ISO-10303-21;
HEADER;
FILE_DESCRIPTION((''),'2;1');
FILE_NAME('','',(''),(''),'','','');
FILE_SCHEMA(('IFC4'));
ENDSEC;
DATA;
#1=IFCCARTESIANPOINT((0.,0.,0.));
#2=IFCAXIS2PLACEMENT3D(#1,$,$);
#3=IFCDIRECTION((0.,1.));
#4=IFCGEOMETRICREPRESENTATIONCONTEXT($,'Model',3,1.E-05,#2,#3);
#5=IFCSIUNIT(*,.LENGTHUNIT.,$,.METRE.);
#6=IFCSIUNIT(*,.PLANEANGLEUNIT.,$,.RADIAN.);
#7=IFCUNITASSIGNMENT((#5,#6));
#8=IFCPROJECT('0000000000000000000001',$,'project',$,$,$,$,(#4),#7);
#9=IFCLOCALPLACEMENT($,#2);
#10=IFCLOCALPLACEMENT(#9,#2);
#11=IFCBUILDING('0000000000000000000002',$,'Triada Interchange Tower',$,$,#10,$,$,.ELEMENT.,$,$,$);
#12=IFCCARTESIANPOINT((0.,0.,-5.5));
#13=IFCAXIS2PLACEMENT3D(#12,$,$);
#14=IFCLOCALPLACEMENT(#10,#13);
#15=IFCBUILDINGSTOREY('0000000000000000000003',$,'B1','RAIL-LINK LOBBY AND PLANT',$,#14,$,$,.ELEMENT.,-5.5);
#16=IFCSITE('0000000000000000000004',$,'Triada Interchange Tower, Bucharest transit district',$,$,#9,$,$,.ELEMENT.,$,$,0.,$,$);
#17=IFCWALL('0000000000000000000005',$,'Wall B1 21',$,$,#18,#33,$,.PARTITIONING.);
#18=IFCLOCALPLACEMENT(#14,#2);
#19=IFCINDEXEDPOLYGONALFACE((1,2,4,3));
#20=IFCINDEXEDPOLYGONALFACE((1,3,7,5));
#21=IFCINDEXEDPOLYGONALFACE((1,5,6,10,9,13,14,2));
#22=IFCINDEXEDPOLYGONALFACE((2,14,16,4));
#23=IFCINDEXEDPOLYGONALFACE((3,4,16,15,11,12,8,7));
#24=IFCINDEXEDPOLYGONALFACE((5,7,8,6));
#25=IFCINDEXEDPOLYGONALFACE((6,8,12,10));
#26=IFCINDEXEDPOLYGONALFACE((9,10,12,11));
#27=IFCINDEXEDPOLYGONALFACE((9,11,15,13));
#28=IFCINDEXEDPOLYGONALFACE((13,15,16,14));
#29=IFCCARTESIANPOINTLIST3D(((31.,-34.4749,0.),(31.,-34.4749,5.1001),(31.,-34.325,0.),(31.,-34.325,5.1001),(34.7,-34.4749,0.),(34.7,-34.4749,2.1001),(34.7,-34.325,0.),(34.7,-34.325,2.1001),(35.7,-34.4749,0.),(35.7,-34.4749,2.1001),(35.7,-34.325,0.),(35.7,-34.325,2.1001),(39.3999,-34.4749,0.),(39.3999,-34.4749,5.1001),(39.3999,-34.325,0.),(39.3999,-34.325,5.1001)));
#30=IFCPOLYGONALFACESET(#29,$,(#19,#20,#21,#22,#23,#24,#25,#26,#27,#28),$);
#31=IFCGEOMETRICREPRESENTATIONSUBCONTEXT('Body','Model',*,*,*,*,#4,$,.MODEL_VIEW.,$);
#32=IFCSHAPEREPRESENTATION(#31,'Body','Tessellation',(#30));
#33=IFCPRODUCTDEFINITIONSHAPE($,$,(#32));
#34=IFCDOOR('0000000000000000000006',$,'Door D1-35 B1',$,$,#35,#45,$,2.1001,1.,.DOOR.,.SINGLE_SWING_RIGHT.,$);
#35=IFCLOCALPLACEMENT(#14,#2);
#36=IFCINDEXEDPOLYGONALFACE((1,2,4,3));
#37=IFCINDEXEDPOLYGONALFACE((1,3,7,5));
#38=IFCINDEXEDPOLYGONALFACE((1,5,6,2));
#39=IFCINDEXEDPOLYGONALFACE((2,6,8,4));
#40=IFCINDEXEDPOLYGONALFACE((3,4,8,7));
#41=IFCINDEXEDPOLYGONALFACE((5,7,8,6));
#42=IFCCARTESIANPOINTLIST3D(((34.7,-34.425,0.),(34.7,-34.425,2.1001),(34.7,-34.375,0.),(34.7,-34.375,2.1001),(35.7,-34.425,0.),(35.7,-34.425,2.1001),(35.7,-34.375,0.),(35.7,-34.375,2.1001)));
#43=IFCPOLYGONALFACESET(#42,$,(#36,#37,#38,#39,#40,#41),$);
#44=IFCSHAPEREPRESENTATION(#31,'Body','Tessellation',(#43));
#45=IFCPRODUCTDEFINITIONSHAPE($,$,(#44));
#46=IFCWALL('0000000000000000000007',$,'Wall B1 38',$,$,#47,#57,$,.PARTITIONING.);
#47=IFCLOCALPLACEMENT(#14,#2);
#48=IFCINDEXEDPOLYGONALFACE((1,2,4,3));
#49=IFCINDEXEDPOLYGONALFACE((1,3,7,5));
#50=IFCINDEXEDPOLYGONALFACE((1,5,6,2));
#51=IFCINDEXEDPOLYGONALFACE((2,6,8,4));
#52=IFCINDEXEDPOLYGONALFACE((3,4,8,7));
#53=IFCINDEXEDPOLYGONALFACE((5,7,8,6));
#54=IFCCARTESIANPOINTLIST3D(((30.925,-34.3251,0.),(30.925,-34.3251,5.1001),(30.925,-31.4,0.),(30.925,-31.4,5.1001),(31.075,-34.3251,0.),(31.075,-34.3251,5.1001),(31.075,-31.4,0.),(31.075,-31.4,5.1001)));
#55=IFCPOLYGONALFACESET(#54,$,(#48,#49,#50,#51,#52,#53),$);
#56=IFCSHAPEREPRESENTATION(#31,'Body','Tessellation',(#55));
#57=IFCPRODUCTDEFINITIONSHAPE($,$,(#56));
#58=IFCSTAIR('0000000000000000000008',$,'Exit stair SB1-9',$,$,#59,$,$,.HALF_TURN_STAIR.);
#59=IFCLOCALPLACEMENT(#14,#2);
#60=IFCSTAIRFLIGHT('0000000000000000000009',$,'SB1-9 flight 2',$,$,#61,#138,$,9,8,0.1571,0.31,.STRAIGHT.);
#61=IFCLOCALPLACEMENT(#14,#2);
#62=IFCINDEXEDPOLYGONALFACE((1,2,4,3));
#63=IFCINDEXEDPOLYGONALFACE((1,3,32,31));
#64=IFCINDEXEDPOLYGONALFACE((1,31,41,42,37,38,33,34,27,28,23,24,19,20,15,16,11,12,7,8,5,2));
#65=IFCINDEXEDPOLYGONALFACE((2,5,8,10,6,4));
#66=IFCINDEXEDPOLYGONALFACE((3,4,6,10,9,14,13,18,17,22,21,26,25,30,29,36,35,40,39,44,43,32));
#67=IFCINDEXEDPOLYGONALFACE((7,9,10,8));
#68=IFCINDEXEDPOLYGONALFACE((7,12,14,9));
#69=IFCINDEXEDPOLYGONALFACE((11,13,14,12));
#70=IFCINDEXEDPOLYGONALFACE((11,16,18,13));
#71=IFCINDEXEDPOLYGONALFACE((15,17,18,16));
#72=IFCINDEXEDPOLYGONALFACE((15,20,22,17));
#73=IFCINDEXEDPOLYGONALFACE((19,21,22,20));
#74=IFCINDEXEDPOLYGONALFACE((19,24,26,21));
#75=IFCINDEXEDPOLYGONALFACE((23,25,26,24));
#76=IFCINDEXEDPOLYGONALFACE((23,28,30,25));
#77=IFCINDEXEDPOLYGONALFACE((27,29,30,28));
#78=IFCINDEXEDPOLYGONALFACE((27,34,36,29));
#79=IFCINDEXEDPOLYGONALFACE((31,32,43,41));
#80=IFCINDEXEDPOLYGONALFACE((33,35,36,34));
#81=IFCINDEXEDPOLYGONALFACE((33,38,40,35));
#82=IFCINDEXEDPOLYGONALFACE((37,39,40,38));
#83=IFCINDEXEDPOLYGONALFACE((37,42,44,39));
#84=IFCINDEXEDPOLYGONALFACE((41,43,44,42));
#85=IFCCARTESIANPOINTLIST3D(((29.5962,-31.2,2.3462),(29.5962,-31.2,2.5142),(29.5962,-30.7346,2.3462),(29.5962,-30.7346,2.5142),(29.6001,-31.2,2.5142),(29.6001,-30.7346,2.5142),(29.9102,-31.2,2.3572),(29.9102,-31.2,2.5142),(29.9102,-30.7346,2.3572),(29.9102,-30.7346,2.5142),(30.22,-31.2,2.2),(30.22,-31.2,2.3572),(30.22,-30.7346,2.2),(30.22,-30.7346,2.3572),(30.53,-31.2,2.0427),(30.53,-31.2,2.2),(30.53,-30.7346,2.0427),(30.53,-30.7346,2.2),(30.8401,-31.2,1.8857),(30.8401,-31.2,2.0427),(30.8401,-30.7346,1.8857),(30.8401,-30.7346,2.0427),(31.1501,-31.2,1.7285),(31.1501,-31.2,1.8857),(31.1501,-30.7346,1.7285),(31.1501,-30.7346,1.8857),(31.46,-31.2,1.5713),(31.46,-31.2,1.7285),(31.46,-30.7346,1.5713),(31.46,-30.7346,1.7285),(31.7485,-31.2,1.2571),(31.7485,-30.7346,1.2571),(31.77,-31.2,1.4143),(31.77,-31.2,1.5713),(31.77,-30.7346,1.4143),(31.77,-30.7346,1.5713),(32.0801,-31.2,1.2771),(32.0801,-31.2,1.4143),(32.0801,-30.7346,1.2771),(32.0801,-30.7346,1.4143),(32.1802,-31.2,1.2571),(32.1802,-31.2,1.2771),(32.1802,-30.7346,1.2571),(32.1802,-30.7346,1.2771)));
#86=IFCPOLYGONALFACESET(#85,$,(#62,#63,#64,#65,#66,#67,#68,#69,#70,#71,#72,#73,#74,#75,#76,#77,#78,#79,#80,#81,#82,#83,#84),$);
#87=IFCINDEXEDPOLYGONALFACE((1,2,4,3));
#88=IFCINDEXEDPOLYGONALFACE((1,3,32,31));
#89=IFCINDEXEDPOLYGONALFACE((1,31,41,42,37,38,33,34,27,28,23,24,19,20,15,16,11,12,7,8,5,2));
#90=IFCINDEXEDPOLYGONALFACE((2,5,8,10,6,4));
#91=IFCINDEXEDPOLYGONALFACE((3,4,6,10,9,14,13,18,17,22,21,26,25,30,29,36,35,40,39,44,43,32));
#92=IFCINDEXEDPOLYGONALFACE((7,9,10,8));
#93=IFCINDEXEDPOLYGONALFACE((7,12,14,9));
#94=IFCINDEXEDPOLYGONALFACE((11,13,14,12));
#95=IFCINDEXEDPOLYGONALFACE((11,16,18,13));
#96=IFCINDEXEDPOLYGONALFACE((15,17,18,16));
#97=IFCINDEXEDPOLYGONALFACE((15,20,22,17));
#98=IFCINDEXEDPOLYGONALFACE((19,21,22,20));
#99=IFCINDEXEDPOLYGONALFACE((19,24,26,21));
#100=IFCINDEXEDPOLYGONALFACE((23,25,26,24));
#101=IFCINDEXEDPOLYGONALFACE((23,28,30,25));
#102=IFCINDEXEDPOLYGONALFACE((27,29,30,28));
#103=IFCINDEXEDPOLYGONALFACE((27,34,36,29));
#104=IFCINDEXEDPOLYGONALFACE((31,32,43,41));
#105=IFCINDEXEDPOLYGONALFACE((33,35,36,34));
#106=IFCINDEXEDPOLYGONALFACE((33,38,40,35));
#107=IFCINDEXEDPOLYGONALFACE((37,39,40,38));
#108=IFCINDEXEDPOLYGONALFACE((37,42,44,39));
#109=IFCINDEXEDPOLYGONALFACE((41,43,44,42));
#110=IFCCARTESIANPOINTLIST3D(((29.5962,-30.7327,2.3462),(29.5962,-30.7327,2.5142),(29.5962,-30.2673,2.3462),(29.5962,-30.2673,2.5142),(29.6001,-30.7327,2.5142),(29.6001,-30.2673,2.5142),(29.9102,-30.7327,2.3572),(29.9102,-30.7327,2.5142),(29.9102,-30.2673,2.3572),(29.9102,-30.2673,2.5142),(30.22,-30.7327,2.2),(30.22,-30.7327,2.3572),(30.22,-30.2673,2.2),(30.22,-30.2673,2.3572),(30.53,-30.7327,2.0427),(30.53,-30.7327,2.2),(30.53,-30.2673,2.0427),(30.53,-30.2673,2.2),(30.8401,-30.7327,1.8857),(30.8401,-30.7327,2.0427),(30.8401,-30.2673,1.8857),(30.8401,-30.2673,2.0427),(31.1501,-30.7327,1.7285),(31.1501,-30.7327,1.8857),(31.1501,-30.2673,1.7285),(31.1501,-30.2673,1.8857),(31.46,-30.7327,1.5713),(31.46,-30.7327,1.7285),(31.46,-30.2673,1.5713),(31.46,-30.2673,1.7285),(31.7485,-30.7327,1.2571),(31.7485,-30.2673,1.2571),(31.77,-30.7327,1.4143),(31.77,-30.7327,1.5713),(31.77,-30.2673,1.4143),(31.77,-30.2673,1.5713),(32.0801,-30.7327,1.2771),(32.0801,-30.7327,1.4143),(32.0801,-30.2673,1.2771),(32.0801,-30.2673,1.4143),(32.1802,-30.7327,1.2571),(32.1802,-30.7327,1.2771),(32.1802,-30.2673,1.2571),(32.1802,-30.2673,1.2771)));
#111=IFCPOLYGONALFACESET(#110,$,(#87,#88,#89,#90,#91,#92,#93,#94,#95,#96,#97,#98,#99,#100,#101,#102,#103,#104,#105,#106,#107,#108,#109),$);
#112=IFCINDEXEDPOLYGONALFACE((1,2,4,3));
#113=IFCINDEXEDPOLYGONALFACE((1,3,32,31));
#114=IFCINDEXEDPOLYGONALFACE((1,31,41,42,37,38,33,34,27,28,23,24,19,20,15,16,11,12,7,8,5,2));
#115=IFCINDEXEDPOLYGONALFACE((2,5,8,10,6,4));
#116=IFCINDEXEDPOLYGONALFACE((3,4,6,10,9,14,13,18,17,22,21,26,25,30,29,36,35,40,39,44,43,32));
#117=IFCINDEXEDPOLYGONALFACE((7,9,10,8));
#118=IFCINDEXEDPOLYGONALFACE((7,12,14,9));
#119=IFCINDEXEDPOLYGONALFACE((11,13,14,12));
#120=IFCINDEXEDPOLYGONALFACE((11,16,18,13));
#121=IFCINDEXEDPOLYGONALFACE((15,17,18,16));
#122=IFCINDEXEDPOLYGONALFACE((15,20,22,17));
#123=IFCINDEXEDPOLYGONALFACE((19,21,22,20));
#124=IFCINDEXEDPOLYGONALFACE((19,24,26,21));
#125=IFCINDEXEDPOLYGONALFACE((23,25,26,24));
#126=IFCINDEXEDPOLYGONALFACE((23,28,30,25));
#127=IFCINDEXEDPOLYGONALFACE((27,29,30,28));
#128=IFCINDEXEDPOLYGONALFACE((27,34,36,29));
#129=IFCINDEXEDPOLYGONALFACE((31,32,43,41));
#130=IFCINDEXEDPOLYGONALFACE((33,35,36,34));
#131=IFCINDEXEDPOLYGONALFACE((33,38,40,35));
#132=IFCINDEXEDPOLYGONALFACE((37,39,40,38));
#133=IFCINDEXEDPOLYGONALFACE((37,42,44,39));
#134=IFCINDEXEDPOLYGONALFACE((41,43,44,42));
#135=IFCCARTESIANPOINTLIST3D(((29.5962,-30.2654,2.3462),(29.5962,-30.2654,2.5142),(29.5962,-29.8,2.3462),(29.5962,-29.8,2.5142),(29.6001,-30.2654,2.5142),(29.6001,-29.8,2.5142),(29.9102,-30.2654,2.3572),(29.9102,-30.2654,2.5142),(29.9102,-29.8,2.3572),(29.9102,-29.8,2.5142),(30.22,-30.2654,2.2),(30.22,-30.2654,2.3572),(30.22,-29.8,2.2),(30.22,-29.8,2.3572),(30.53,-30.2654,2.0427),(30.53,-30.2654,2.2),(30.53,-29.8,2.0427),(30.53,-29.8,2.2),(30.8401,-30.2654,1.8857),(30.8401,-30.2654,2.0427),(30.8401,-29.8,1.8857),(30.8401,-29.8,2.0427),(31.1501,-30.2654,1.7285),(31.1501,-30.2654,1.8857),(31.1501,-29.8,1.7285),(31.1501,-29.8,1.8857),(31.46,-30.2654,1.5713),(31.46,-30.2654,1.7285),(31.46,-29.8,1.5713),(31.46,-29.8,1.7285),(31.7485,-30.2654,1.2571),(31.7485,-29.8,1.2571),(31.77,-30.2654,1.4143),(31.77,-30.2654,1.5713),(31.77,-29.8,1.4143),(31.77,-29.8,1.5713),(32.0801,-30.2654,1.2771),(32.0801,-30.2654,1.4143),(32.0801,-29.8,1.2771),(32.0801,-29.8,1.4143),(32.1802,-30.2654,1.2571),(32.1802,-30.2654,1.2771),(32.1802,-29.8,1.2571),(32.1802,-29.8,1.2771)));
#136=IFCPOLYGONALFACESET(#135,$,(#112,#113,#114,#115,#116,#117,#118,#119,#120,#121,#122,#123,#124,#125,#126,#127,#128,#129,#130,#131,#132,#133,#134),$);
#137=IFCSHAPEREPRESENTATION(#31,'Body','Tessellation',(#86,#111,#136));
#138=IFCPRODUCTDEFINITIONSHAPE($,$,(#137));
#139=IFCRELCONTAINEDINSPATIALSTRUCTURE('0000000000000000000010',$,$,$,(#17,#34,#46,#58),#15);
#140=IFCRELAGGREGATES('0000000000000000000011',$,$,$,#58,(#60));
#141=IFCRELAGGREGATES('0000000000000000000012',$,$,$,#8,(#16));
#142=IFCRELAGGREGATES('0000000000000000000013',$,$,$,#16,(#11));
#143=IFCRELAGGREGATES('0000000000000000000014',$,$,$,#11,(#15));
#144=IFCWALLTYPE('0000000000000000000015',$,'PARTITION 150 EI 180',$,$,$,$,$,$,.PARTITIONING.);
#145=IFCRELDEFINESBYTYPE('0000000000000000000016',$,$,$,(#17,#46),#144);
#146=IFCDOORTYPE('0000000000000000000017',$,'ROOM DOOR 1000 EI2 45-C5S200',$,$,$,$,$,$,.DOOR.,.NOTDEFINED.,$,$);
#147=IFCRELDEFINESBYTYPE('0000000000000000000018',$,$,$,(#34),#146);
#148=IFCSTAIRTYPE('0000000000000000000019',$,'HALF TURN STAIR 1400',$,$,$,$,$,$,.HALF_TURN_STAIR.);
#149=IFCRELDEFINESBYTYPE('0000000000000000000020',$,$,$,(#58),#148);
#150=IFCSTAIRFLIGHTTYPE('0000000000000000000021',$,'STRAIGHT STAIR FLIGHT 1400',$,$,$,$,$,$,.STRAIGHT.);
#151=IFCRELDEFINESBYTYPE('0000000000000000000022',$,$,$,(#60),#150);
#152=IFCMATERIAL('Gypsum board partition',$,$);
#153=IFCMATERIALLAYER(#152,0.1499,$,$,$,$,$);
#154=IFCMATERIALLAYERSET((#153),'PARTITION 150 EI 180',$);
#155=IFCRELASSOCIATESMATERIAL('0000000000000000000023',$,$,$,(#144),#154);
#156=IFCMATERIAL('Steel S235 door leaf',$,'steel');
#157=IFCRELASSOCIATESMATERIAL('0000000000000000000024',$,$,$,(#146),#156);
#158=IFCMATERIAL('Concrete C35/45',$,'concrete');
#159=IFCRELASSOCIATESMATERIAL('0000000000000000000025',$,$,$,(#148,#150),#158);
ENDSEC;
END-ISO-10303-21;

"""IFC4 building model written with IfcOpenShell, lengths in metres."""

from ifc_helpers import new_model, si_unit, direction, frame, frame_2d, origin, place, context, subcontext, project, spatial, polyline, rectangle, outline, extrude, material, layer, layer_set, type_object, element, fill, aggregate, save


model = new_model("IFC4")

# Units and contexts
model_context = context("Model", 3, precision=1e-05, world=origin(), true_north=direction((0.0, 1.0)))
body_context = subcontext(model_context, "Body", "Model", "MODEL_VIEW")
ifc_project = project(units=[si_unit("LENGTHUNIT", "METRE"), si_unit("PLANEANGLEUNIT", "RADIAN")], contexts=[model_context])

# Site, building, storey
site_placement = place(None, origin())
site = spatial("IfcSite", under=ifc_project, at=site_placement, Name="Triada Interchange Tower, Bucharest transit district", CompositionType="ELEMENT", RefElevation=0.0)
building_placement = place(site_placement, origin())
building = spatial("IfcBuilding", under=site, at=building_placement, Name="Triada Interchange Tower", CompositionType="ELEMENT")
storey_placement = place(building_placement, frame((0.0, 0.0, -5.5)))
storey = spatial("IfcBuildingStorey", under=building, at=storey_placement, Name="B1", Description="RAIL-LINK LOBBY AND PLANT", CompositionType="ELEMENT", Elevation=-5.5)

# Shared definitions
ifc_material_1 = material(Name="Concrete C35/45", Category="concrete")

# Wall, opening, door
ifc_material_2 = material(Name="Gypsum board partition")
ifc_layer_1 = layer(ifc_material_2, 0.1499)
ifc_layer_set_1 = layer_set([ifc_layer_1], Name="PARTITION 150 EI 180")
wall_type_1 = type_object("IfcWallType", Name="PARTITION 150 EI 180", PredefinedType="PARTITIONING", material=ifc_layer_set_1)
wall_1_placement = place(storey_placement, frame((31.0, -34.3999, 0.0), z_axis=(0.0, 0.0, 1.0), x_axis=(1.0, 0.0, 0.0)))
wall_1 = element("IfcWall", 1, at=wall_1_placement, inside=storey, type_object=wall_type_1, Name="Wall B1 21", PredefinedType="PARTITIONING", context=body_context, shape_type="SweptSolid", body=[
    extrude(rectangle(XDim=8.3999, YDim=0.1499, at=frame_2d((4.2, 0.0))), origin(), (0.0, 0.0, 1.0), 5.1001),
])
opening_placement = place(wall_1_placement, frame((3.7, 0.0, 0.0)))
opening = element("IfcOpeningElement", 2, at=opening_placement, cuts=wall_1, PredefinedType="OPENING", context=body_context, shape_type="SweptSolid", body=[
    extrude(rectangle(XDim=1.0, YDim=2.1001, at=frame_2d((0.5, 1.05))), frame((0.0, 0.085, 0.0), z_axis=(0.0, -1.0, 0.0), x_axis=(1.0, 0.0, 0.0)), (0.0, 0.0, 1.0), 0.1699),
])
ifc_material_3 = material(Name="Steel S235 door leaf", Category="steel")
door_type = type_object("IfcDoorType", Name="ROOM DOOR 1000 EI2 45-C5S200", OperationType="NOTDEFINED", PredefinedType="DOOR", material=ifc_material_3)
door_placement = place(opening_placement, origin())
door = element("IfcDoor", 3, at=door_placement, inside=storey, type_object=door_type, Name="Door D1-35 B1", OperationType="SINGLE_SWING_RIGHT", OverallHeight=2.1001, OverallWidth=1.0, PredefinedType="DOOR", context=body_context, shape_type="SweptSolid", body=[
    extrude(rectangle(XDim=1.0, YDim=2.1001, at=frame_2d((0.5, 1.05))), frame((0.0, 0.0249, 0.0), z_axis=(0.0, -1.0, 0.0), x_axis=(1.0, 0.0, 0.0)), (0.0, 0.0, 1.0), 0.05),
])
fill(opening, door)

# Wall
wall_2_placement = place(storey_placement, frame((31.0, -34.325, 0.0), z_axis=(0.0, 0.0, 1.0), x_axis=(0.0, 1.0, 0.0)))
element("IfcWall", 4, at=wall_2_placement, inside=storey, type_object=wall_type_1, Name="Wall B1 38", PredefinedType="PARTITIONING", context=body_context, shape_type="SweptSolid", body=[
    extrude(rectangle(XDim=2.925, YDim=0.1499, at=frame_2d((1.4624, 0.0))), origin(), (0.0, 0.0, 1.0), 5.1001),
])

# Stair, stair flight
stair_type = type_object("IfcStairType", Name="HALF TURN STAIR 1400", PredefinedType="HALF_TURN_STAIR", material=ifc_material_1)
stair_placement = place(storey_placement, origin())
stair = element("IfcStair", 5, at=stair_placement, inside=storey, type_object=stair_type, Name="Exit stair SB1-9", PredefinedType="HALF_TURN_STAIR")
stair_flight_type = type_object("IfcStairFlightType", Name="STRAIGHT STAIR FLIGHT 1400", PredefinedType="STRAIGHT", material=ifc_material_1)
stair_flight_1_placement = place(storey_placement, frame((32.0801, -30.5, 1.2571), z_axis=(0.0, 0.0, 1.0), x_axis=(-1.0, 0.0, 0.0)))
stair_flight_1 = element("IfcStairFlight", 6, at=stair_flight_1_placement, type_object=stair_flight_type, Name="SB1-9 flight 2", NumberOfRisers=9, NumberOfTreads=8, PredefinedType="STRAIGHT", RiserHeight=0.1571, TreadLength=0.31, context=body_context, shape_type="SweptSolid", body=[
    extrude(outline(polyline([(-0.1001, 0.0), (-0.1001, 0.02), (0.0, 0.02), (0.0, 0.1572), (0.3101, 0.1572), (0.3101, 0.3142), (0.6201, 0.3142), (0.6201, 0.4714), (0.9299, 0.4714), (0.9299, 0.6287), (1.24, 0.6287), (1.24, 0.7856), (1.55, 0.7856), (1.55, 0.9429), (1.8601, 0.9429), (1.8601, 1.1001), (2.1699, 1.1001), (2.1699, 1.2571), (2.48, 1.2571), (2.4839, 1.2571), (2.4839, 1.4143), (2.4839, 1.0891), (0.3315, 0.0), (-0.1001, 0.0)])), frame((0.0, 0.7, 0.0), z_axis=(0.0, -1.0, 0.0), x_axis=(1.0, 0.0, 0.0)), (0.0, 0.0, 1.0), 0.4653),
    extrude(outline(polyline([(-0.1001, 0.0), (-0.1001, 0.02), (0.0, 0.02), (0.0, 0.1572), (0.3101, 0.1572), (0.3101, 0.3142), (0.6201, 0.3142), (0.6201, 0.4714), (0.9299, 0.4714), (0.9299, 0.6287), (1.24, 0.6287), (1.24, 0.7856), (1.55, 0.7856), (1.55, 0.9429), (1.8601, 0.9429), (1.8601, 1.1001), (2.1699, 1.1001), (2.1699, 1.2571), (2.48, 1.2571), (2.4839, 1.2571), (2.4839, 1.4143), (2.4839, 1.0891), (0.3315, 0.0), (-0.1001, 0.0)])), frame((0.0, 0.2327, 0.0), z_axis=(0.0, -1.0, 0.0), x_axis=(1.0, 0.0, 0.0)), (0.0, 0.0, 1.0), 0.4653),
    extrude(outline(polyline([(-0.1001, 0.0), (-0.1001, 0.02), (0.0, 0.02), (0.0, 0.1572), (0.3101, 0.1572), (0.3101, 0.3142), (0.6201, 0.3142), (0.6201, 0.4714), (0.9299, 0.4714), (0.9299, 0.6287), (1.24, 0.6287), (1.24, 0.7856), (1.55, 0.7856), (1.55, 0.9429), (1.8601, 0.9429), (1.8601, 1.1001), (2.1699, 1.1001), (2.1699, 1.2571), (2.48, 1.2571), (2.4839, 1.2571), (2.4839, 1.4143), (2.4839, 1.0891), (0.3315, 0.0), (-0.1001, 0.0)])), frame((0.0, -0.2346, 0.0), z_axis=(0.0, -1.0, 0.0), x_axis=(1.0, 0.0, 0.0)), (0.0, 0.0, 1.0), 0.4653),
])
aggregate(stair, [stair_flight_1])

save(model, "model.ifc")
